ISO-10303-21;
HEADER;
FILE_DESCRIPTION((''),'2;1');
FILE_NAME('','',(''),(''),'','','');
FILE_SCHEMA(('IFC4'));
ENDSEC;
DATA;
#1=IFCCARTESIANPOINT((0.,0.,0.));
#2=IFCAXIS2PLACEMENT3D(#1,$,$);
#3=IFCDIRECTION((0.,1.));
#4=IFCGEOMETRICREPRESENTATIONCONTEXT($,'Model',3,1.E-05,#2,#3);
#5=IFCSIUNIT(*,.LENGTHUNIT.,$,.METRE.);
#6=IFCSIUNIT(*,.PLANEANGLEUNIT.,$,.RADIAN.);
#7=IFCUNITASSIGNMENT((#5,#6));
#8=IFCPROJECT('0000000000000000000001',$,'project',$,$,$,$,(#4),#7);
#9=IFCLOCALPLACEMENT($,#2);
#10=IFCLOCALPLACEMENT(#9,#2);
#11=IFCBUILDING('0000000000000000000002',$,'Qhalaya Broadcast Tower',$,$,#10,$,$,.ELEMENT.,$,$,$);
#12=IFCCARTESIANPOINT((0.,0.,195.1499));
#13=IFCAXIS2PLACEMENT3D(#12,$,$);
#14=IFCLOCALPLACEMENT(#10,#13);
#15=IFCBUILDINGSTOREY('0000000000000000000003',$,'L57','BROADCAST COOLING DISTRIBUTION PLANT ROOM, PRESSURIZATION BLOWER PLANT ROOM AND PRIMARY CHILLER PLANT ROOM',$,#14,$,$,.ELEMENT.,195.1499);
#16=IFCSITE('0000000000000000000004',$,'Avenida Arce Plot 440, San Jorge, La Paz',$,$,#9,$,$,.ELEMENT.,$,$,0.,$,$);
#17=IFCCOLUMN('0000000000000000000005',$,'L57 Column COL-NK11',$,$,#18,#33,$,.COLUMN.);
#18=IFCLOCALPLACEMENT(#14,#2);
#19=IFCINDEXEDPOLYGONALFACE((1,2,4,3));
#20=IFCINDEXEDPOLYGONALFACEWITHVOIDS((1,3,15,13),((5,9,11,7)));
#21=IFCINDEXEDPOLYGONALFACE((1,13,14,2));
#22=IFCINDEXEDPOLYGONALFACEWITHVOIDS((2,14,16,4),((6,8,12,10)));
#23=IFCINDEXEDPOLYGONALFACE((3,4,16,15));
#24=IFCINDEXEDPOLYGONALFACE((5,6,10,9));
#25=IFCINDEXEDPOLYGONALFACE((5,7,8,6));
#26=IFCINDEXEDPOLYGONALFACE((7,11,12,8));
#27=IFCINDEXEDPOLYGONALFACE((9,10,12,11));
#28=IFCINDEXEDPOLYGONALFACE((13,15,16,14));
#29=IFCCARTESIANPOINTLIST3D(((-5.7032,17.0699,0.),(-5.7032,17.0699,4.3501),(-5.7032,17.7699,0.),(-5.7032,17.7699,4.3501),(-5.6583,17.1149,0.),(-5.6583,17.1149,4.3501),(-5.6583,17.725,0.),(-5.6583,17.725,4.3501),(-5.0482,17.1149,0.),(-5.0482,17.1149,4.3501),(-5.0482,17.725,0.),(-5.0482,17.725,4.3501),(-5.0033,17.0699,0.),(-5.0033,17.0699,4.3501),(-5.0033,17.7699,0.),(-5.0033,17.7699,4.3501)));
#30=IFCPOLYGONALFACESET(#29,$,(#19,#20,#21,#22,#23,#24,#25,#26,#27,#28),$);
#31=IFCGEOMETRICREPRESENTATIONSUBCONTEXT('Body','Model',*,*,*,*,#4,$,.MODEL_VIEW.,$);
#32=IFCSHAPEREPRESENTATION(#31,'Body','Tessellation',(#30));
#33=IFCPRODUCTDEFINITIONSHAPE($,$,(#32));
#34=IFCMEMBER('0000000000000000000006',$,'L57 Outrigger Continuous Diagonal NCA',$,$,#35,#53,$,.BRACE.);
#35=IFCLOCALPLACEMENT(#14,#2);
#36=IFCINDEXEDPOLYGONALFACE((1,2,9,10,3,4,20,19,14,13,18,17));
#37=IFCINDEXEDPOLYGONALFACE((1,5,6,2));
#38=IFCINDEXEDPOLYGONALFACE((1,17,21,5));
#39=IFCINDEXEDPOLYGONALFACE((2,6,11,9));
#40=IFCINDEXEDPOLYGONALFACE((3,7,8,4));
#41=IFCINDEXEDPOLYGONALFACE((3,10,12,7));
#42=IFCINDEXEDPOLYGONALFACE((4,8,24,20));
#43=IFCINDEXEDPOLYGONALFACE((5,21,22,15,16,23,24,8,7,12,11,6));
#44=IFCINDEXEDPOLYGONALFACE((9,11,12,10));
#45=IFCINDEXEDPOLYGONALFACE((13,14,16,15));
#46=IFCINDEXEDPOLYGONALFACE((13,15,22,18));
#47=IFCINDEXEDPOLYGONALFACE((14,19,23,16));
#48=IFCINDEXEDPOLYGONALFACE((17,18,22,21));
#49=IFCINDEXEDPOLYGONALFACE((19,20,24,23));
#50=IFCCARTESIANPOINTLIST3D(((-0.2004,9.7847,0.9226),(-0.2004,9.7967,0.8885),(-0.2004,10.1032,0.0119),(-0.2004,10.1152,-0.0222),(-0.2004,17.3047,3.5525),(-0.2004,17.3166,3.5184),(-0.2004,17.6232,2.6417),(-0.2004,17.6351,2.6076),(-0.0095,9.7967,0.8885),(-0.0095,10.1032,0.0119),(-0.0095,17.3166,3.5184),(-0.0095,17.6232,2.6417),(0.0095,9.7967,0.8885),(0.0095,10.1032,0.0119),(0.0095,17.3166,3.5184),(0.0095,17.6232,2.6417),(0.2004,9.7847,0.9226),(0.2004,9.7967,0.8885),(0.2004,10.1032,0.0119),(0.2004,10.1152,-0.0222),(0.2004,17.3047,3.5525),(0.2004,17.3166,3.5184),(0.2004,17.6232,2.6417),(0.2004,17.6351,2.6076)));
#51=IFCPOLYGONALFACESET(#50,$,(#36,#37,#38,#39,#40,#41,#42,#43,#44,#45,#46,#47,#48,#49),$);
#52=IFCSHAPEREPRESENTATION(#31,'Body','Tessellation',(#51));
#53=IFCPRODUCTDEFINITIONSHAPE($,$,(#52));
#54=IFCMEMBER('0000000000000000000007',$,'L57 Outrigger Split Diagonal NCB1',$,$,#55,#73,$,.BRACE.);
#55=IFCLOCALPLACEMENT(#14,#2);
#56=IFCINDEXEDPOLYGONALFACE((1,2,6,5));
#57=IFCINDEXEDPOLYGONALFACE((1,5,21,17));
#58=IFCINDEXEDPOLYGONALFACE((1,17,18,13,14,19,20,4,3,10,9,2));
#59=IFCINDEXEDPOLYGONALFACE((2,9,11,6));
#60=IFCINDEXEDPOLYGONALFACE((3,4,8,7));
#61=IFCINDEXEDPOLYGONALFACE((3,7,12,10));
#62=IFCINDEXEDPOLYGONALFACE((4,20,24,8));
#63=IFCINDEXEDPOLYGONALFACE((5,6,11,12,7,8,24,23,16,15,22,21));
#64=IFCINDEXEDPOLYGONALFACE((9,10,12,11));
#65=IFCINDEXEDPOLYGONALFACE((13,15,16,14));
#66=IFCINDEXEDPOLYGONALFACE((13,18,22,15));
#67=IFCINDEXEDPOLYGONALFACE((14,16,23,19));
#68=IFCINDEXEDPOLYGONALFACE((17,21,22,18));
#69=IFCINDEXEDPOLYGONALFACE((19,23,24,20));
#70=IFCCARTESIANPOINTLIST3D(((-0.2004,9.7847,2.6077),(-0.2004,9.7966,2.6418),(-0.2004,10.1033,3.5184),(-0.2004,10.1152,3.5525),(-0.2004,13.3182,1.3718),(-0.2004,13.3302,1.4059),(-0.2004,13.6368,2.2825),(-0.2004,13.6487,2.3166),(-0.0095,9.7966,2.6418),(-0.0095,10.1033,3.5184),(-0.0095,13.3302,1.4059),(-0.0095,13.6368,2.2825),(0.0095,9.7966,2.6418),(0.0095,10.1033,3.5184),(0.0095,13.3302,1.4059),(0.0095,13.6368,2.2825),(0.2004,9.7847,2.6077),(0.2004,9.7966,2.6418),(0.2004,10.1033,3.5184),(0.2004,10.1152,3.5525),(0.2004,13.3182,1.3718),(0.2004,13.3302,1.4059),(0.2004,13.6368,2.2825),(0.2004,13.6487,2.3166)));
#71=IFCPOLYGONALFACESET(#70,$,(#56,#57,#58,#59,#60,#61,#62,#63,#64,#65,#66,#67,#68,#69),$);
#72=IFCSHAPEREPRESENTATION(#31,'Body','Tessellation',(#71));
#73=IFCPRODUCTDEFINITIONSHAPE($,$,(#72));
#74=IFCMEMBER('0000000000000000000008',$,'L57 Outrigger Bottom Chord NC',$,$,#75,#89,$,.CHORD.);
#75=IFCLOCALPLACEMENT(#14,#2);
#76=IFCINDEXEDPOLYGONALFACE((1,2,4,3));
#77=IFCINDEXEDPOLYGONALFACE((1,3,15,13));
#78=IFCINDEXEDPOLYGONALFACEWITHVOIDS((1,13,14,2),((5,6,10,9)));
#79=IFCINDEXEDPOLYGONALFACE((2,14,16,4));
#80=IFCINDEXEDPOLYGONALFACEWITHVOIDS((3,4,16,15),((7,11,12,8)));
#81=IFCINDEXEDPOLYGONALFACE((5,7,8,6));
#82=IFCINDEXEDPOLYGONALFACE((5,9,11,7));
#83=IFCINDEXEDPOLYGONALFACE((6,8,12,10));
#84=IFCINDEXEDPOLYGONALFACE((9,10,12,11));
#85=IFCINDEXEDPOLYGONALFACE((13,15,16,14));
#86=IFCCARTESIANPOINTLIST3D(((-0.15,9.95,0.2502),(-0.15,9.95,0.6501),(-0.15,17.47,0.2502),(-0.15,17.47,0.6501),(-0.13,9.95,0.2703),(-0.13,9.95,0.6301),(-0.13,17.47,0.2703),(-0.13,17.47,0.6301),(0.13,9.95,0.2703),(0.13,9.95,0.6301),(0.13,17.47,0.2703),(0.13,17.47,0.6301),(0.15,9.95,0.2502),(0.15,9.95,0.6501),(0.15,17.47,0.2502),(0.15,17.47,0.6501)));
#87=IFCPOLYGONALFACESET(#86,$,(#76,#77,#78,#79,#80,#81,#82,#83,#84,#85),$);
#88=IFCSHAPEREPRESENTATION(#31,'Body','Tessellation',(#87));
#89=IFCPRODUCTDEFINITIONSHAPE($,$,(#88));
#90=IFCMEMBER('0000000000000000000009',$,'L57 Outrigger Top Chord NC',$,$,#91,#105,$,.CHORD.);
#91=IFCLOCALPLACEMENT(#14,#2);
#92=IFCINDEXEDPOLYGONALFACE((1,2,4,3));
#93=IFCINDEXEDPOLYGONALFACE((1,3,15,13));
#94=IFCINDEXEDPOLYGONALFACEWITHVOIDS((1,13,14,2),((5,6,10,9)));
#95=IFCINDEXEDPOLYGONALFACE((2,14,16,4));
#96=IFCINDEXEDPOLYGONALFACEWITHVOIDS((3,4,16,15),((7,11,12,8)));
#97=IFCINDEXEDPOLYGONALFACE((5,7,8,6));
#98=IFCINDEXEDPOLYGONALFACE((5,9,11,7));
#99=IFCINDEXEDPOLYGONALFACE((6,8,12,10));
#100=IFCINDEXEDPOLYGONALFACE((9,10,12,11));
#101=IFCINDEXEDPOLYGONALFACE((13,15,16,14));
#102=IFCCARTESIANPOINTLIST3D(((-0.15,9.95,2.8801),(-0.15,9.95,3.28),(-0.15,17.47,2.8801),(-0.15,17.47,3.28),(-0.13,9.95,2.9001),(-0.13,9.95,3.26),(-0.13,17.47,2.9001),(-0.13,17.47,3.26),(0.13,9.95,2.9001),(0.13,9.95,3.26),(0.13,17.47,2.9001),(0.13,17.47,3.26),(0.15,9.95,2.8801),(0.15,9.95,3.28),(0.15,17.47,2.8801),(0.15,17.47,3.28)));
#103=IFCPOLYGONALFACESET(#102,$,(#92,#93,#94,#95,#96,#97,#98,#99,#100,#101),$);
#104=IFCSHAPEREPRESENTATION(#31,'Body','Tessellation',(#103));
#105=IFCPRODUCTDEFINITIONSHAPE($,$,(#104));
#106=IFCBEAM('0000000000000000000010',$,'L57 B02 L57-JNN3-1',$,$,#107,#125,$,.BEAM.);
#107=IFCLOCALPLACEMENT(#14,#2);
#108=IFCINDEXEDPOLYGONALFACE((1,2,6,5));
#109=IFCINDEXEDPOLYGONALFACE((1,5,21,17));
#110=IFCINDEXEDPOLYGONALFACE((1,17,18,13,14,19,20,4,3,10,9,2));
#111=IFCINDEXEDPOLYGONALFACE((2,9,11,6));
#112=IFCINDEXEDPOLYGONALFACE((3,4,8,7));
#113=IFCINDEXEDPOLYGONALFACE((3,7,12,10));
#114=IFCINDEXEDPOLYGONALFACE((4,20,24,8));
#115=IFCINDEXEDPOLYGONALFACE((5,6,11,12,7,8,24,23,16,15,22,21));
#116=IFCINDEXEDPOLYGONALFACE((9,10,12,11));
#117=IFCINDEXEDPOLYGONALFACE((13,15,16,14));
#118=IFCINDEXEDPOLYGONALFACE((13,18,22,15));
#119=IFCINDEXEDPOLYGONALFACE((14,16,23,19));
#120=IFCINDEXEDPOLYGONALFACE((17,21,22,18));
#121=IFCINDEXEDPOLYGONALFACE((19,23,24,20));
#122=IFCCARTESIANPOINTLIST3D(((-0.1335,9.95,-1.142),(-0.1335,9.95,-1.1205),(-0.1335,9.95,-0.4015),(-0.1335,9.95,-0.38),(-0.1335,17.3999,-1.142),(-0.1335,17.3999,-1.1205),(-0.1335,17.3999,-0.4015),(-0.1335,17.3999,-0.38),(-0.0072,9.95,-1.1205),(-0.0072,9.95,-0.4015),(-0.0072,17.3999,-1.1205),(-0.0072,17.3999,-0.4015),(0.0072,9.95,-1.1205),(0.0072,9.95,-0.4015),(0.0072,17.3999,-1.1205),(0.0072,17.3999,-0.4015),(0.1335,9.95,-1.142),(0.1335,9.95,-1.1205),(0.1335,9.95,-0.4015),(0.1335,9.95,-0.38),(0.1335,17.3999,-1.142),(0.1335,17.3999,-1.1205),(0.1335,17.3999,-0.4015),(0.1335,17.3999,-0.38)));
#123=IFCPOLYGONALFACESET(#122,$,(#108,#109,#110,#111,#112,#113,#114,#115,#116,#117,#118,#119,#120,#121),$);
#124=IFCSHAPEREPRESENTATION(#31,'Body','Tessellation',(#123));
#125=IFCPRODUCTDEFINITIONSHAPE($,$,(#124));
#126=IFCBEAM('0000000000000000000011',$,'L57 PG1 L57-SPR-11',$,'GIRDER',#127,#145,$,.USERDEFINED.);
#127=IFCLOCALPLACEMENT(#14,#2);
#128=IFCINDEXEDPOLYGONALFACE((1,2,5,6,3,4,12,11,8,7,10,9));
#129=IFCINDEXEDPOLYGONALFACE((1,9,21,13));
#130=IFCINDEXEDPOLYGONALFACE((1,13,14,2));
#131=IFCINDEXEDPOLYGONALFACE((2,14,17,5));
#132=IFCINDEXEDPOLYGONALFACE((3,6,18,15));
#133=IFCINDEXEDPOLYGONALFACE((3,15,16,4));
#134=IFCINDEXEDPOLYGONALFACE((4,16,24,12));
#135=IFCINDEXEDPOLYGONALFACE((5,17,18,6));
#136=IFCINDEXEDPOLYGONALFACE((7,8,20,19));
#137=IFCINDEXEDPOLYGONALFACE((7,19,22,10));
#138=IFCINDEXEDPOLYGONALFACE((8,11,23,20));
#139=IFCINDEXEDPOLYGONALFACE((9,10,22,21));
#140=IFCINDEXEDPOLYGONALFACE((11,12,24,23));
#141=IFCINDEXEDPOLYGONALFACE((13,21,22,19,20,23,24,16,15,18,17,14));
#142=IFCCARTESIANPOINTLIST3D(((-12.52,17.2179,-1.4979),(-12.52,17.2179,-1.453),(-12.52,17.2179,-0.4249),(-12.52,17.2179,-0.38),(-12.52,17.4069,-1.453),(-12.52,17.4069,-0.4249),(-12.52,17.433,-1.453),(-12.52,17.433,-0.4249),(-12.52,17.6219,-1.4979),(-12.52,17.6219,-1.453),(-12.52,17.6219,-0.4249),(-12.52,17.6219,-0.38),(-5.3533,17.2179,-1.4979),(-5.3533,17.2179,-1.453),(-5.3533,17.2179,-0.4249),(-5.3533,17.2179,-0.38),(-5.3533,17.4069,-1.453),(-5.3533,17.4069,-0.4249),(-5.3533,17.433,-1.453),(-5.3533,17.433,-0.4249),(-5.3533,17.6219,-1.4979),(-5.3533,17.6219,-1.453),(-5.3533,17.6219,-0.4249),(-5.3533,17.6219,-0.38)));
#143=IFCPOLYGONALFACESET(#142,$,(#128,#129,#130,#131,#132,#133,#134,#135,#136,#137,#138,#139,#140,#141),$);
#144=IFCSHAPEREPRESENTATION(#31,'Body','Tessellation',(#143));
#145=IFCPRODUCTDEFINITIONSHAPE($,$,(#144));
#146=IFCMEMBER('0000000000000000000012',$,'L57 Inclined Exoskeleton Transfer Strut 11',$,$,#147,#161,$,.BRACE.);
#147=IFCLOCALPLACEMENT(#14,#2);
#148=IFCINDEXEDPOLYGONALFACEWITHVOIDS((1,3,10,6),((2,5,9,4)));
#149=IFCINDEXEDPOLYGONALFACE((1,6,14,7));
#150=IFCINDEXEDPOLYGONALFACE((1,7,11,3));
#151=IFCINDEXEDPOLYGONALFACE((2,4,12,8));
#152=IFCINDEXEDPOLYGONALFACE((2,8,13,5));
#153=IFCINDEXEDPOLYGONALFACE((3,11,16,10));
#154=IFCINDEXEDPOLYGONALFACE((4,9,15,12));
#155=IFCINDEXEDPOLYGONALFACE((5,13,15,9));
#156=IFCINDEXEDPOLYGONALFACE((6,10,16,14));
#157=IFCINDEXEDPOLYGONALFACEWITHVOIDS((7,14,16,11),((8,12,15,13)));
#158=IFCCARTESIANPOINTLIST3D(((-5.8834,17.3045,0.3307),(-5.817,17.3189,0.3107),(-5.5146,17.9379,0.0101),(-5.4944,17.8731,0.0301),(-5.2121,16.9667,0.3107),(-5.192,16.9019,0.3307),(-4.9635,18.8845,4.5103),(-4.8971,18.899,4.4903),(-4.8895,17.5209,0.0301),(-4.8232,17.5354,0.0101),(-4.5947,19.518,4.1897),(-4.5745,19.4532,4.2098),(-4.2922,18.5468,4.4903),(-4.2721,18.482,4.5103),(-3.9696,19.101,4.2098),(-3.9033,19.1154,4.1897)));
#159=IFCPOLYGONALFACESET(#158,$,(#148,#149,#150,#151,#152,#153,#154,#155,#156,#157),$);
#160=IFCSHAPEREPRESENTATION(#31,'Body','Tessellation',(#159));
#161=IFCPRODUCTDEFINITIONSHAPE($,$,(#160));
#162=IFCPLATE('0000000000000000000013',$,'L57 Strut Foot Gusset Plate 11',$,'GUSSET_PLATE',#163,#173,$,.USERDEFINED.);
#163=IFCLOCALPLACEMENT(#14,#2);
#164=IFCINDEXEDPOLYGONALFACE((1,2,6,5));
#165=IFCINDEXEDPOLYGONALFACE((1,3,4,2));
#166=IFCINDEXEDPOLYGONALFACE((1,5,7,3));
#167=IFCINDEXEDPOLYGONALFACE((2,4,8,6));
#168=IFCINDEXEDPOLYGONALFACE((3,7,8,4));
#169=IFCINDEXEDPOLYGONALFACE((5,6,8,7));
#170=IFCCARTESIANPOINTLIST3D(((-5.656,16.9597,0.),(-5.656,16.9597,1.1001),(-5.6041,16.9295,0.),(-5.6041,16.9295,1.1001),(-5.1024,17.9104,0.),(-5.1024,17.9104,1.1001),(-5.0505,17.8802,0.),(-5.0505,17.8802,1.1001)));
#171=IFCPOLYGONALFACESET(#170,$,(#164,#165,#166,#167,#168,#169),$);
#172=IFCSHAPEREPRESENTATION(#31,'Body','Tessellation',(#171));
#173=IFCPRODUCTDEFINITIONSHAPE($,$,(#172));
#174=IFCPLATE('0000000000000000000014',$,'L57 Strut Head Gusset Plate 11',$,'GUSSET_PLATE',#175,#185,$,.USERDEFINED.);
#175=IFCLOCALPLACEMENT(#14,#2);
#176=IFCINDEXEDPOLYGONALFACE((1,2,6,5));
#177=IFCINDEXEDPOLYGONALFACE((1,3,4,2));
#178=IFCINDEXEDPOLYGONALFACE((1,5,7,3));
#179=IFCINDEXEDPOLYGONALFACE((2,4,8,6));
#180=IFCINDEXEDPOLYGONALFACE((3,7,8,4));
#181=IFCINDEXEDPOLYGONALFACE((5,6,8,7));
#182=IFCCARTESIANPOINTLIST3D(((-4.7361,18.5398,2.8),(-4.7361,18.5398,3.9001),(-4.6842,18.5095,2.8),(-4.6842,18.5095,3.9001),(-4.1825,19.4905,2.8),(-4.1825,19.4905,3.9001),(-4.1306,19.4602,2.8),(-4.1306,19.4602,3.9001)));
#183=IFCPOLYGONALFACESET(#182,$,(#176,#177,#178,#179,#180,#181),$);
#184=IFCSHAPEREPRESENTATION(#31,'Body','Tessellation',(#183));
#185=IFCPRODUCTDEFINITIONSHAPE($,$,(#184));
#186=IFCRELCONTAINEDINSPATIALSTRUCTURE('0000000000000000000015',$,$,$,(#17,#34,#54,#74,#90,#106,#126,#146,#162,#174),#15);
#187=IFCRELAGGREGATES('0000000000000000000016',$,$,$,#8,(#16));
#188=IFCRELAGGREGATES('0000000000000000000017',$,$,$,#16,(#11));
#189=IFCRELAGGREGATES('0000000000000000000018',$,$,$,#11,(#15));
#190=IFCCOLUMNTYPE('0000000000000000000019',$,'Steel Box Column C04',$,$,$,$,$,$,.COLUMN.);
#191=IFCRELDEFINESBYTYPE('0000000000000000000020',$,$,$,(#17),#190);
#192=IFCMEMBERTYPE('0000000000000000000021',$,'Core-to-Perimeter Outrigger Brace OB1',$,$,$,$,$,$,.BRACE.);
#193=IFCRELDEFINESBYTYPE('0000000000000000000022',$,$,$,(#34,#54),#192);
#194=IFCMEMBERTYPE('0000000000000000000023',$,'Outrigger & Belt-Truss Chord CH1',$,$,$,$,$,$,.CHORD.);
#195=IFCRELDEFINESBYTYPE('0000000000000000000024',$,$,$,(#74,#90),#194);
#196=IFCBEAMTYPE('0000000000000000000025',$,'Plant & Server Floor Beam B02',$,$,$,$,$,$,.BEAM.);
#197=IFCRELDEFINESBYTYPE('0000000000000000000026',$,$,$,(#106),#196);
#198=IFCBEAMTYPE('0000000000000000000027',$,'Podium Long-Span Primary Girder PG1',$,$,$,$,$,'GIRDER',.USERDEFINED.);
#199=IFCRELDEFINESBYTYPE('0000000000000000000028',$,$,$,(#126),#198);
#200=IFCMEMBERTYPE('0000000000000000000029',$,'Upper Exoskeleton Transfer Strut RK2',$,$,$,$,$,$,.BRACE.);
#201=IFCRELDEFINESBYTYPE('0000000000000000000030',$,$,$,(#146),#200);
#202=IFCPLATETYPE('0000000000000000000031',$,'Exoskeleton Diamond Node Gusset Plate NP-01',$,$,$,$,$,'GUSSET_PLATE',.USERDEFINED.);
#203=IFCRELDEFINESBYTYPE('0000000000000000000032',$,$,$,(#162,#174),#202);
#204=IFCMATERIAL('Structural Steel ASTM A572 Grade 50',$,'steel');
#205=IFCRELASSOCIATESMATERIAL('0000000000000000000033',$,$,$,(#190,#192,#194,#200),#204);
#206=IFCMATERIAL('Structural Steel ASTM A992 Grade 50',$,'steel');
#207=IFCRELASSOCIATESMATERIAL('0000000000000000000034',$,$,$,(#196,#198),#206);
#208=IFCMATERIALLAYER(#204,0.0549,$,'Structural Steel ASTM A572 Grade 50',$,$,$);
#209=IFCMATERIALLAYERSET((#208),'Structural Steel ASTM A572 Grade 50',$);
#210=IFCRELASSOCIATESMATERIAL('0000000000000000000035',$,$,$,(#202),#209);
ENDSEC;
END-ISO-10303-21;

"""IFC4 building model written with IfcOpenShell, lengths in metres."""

from ifc_helpers import new_model, si_unit, direction, frame, origin, origin_2d, place, context, subcontext, project, spatial, rectangle, hollow_rectangle, i_section, extrude, material, layer, layer_set, material_profile, profile_set, type_object, element, save


model = new_model("IFC4")

# Units and contexts
model_context = context("Model", 3, precision=1e-05, world=origin(), true_north=direction((0.0, 1.0)))
body_context = subcontext(model_context, "Body", "Model", "MODEL_VIEW")
ifc_project = project(units=[si_unit("LENGTHUNIT", "METRE"), si_unit("PLANEANGLEUNIT", "RADIAN")], contexts=[model_context])

# Site, building, storey
site_placement = place(None, origin())
site = spatial("IfcSite", under=ifc_project, at=site_placement, Name="Avenida Arce Plot 440, San Jorge, La Paz", CompositionType="ELEMENT", RefElevation=0.0)
building_placement = place(site_placement, origin())
building = spatial("IfcBuilding", under=site, at=building_placement, Name="Qhalaya Broadcast Tower", CompositionType="ELEMENT")
storey_placement = place(building_placement, frame((0.0, 0.0, 195.1499)))
storey = spatial("IfcBuildingStorey", under=building, at=storey_placement, Name="L57", Description="BROADCAST COOLING DISTRIBUTION PLANT ROOM, PRESSURIZATION BLOWER PLANT ROOM AND PRIMARY CHILLER PLANT ROOM", CompositionType="ELEMENT", Elevation=195.1499)

# Column
ifc_material_1 = material(Name="Structural Steel ASTM A572 Grade 50", Category="steel")
ifc_material_profile_1 = material_profile(ifc_material_1, hollow_rectangle(XDim=0.7, YDim=0.7, WallThickness=0.0449, at=origin_2d()), Name="BOX 700x700x45")
ifc_profile_set_1 = profile_set([ifc_material_profile_1], Name="Structural Steel ASTM A572 Grade 50")
column_type = type_object("IfcColumnType", Name="Steel Box Column C04", PredefinedType="COLUMN", material=ifc_profile_set_1)
column_placement = place(storey_placement, frame((-5.3533, 17.4199, 0.0), z_axis=(0.0, 0.0, 1.0), x_axis=(1.0, 0.0, 0.0)))
element("IfcColumn", 1, at=column_placement, inside=storey, type_object=column_type, Name="L57 Column COL-NK11", PredefinedType="COLUMN", context=body_context, shape_type="SweptSolid", body=[
    extrude(hollow_rectangle(XDim=0.7, YDim=0.7, WallThickness=0.0449, at=origin_2d()), origin(), (0.0, 0.0, 1.0), 4.3501),
])

# Members
ifc_material_profile_2 = material_profile(ifc_material_1, i_section(OverallWidth=0.4009, OverallDepth=1.001, WebThickness=0.019, FlangeThickness=0.0361, at=origin_2d()), Name="W40X249")
ifc_profile_set_2 = profile_set([ifc_material_profile_2], Name="Structural Steel ASTM A572 Grade 50")
member_type_1 = type_object("IfcMemberType", Name="Core-to-Perimeter Outrigger Brace OB1", PredefinedType="BRACE", material=ifc_profile_set_2)
member_1_placement = place(storey_placement, frame((0.0, 9.95, 0.4502), z_axis=(0.0, 0.943941, 0.330113), x_axis=(-1.0, 0.0, 0.0)))
element("IfcMember", 2, at=member_1_placement, inside=storey, type_object=member_type_1, Name="L57 Outrigger Continuous Diagonal NCA", PredefinedType="BRACE", context=body_context, shape_type="SweptSolid", body=[
    extrude(i_section(OverallWidth=0.4009, OverallDepth=1.001, WebThickness=0.019, FlangeThickness=0.0361, at=origin_2d()), origin(), (0.0, 0.0, 1.0), 7.9666),
])
member_2_placement = place(storey_placement, frame((0.0, 9.95, 3.0801), z_axis=(0.0, 0.943931, -0.330144), x_axis=(-1.0, 0.0, 0.0)))
element("IfcMember", 3, at=member_2_placement, inside=storey, type_object=member_type_1, Name="L57 Outrigger Split Diagonal NCB1", PredefinedType="BRACE", context=body_context, shape_type="SweptSolid", body=[
    extrude(i_section(OverallWidth=0.4009, OverallDepth=1.001, WebThickness=0.019, FlangeThickness=0.0361, at=origin_2d()), origin(), (0.0, 0.0, 1.0), 3.7434),
])
ifc_material_profile_3 = material_profile(ifc_material_1, hollow_rectangle(XDim=0.3, YDim=0.3999, WallThickness=0.02, at=origin_2d()), Name="HSS 300x400x20")
ifc_profile_set_3 = profile_set([ifc_material_profile_3], Name="Structural Steel ASTM A572 Grade 50")
member_type_2 = type_object("IfcMemberType", Name="Outrigger & Belt-Truss Chord CH1", PredefinedType="CHORD", material=ifc_profile_set_3)
for number, where, z_axis, x_axis, name in (
    (4, (0.0, 9.95, 0.4502), (0.0, 1.0, 0.0), (-1.0, 0.0, 0.0), "L57 Outrigger Bottom Chord NC"),
    (5, (0.0, 9.95, 3.0801), (0.0, 1.0, 0.0), (-1.0, 0.0, 0.0), "L57 Outrigger Top Chord NC"),
):
    element("IfcMember", number, at=place(storey_placement, frame(where, z_axis=z_axis, x_axis=x_axis)), inside=storey, type_object=member_type_2, Name=name, PredefinedType="CHORD", context=body_context, shape_type="SweptSolid", body=[
        extrude(hollow_rectangle(XDim=0.3, YDim=0.3999, WallThickness=0.02, at=origin_2d()), origin(), (0.0, 0.0, 1.0), 7.52),
    ])

# Beams
ifc_material_2 = material(Name="Structural Steel ASTM A992 Grade 50", Category="steel")
ifc_material_profile_4 = material_profile(ifc_material_2, i_section(OverallWidth=0.2671, OverallDepth=0.762, WebThickness=0.0144, FlangeThickness=0.0215, at=origin_2d()), Name="W30X116")
ifc_profile_set_4 = profile_set([ifc_material_profile_4], Name="Structural Steel ASTM A992 Grade 50")
beam_type_1 = type_object("IfcBeamType", Name="Plant & Server Floor Beam B02", PredefinedType="BEAM", material=ifc_profile_set_4)
beam_1_placement = place(storey_placement, frame((0.0, 9.95, -0.761), z_axis=(0.0, 1.0, 0.0), x_axis=(-1.0, 0.0, 0.0)))
element("IfcBeam", 6, at=beam_1_placement, inside=storey, type_object=beam_type_1, Name="L57 B02 L57-JNN3-1", PredefinedType="BEAM", context=body_context, shape_type="SweptSolid", body=[
    extrude(i_section(OverallWidth=0.2671, OverallDepth=0.762, WebThickness=0.0144, FlangeThickness=0.0215, at=origin_2d()), origin(), (0.0, 0.0, 1.0), 7.45),
])
ifc_material_profile_5 = material_profile(ifc_material_2, i_section(OverallWidth=0.4041, OverallDepth=1.1179, WebThickness=0.0261, FlangeThickness=0.0449, at=origin_2d()), Name="W44X335")
ifc_profile_set_5 = profile_set([ifc_material_profile_5], Name="Structural Steel ASTM A992 Grade 50")
beam_type_2 = type_object("IfcBeamType", Name="Podium Long-Span Primary Girder PG1", ElementType="GIRDER", PredefinedType="USERDEFINED", material=ifc_profile_set_5)
beam_2_placement = place(storey_placement, frame((-5.3533, 17.4199, -0.939), z_axis=(-1.0, 0.0, 0.0), x_axis=(0.0, -1.0, 0.0)))
element("IfcBeam", 7, at=beam_2_placement, inside=storey, type_object=beam_type_2, Name="L57 PG1 L57-SPR-11", ObjectType="GIRDER", PredefinedType="USERDEFINED", context=body_context, shape_type="SweptSolid", body=[
    extrude(i_section(OverallWidth=0.4041, OverallDepth=1.1179, WebThickness=0.0261, FlangeThickness=0.0449, at=origin_2d()), origin(), (0.0, 0.0, 1.0), 7.1667),
])

# Member
ifc_material_profile_6 = material_profile(ifc_material_1, hollow_rectangle(XDim=0.8, YDim=0.8, WallThickness=0.05, at=origin_2d()), Name="BOX 800x800x50")
ifc_profile_set_6 = profile_set([ifc_material_profile_6], Name="Structural Steel ASTM A572 Grade 50")
member_type_3 = type_object("IfcMemberType", Name="Upper Exoskeleton Transfer Strut RK2", PredefinedType="BRACE", material=ifc_profile_set_6)
member_3_placement = place(storey_placement, frame((-5.3533, 17.4199, 0.1704), z_axis=(0.201645, 0.346349, 0.916178), x_axis=(-0.864205, 0.50314, 0.0)))
element("IfcMember", 8, at=member_3_placement, inside=storey, type_object=member_type_3, Name="L57 Inclined Exoskeleton Transfer Strut 11", PredefinedType="BRACE", context=body_context, shape_type="SweptSolid", body=[
    extrude(hollow_rectangle(XDim=0.8, YDim=0.8, WallThickness=0.05, at=origin_2d()), origin(), (0.0, 0.0, 1.0), 4.562),
])

# Plates
ifc_layer_1 = layer(ifc_material_1, 0.0549, Name="Structural Steel ASTM A572 Grade 50")
ifc_layer_set_1 = layer_set([ifc_layer_1], Name="Structural Steel ASTM A572 Grade 50")
plate_type_1 = type_object("IfcPlateType", Name="Exoskeleton Diamond Node Gusset Plate NP-01", ElementType="GUSSET_PLATE", PredefinedType="USERDEFINED", material=ifc_layer_set_1)
for number, where, z_axis, x_axis, name in (
    (9, (-5.3533, 17.4199, 0.0), (0.0, 0.0, 1.0), (0.503186, 0.864178, 0.0), "L57 Strut Foot Gusset Plate 11"),
    (10, (-4.4333, 19.0, 2.8), (0.0, 0.0, 1.0), (0.503186, 0.864178, 0.0), "L57 Strut Head Gusset Plate 11"),
):
    element("IfcPlate", number, at=place(storey_placement, frame(where, z_axis=z_axis, x_axis=x_axis)), inside=storey, type_object=plate_type_1, Name=name, ObjectType="GUSSET_PLATE", PredefinedType="USERDEFINED", context=body_context, shape_type="SweptSolid", body=[
        extrude(rectangle(XDim=1.1001, YDim=0.0601, at=origin_2d()), origin(), (0.0, 0.0, 1.0), 1.1001),
    ])

save(model, "model.ifc")
